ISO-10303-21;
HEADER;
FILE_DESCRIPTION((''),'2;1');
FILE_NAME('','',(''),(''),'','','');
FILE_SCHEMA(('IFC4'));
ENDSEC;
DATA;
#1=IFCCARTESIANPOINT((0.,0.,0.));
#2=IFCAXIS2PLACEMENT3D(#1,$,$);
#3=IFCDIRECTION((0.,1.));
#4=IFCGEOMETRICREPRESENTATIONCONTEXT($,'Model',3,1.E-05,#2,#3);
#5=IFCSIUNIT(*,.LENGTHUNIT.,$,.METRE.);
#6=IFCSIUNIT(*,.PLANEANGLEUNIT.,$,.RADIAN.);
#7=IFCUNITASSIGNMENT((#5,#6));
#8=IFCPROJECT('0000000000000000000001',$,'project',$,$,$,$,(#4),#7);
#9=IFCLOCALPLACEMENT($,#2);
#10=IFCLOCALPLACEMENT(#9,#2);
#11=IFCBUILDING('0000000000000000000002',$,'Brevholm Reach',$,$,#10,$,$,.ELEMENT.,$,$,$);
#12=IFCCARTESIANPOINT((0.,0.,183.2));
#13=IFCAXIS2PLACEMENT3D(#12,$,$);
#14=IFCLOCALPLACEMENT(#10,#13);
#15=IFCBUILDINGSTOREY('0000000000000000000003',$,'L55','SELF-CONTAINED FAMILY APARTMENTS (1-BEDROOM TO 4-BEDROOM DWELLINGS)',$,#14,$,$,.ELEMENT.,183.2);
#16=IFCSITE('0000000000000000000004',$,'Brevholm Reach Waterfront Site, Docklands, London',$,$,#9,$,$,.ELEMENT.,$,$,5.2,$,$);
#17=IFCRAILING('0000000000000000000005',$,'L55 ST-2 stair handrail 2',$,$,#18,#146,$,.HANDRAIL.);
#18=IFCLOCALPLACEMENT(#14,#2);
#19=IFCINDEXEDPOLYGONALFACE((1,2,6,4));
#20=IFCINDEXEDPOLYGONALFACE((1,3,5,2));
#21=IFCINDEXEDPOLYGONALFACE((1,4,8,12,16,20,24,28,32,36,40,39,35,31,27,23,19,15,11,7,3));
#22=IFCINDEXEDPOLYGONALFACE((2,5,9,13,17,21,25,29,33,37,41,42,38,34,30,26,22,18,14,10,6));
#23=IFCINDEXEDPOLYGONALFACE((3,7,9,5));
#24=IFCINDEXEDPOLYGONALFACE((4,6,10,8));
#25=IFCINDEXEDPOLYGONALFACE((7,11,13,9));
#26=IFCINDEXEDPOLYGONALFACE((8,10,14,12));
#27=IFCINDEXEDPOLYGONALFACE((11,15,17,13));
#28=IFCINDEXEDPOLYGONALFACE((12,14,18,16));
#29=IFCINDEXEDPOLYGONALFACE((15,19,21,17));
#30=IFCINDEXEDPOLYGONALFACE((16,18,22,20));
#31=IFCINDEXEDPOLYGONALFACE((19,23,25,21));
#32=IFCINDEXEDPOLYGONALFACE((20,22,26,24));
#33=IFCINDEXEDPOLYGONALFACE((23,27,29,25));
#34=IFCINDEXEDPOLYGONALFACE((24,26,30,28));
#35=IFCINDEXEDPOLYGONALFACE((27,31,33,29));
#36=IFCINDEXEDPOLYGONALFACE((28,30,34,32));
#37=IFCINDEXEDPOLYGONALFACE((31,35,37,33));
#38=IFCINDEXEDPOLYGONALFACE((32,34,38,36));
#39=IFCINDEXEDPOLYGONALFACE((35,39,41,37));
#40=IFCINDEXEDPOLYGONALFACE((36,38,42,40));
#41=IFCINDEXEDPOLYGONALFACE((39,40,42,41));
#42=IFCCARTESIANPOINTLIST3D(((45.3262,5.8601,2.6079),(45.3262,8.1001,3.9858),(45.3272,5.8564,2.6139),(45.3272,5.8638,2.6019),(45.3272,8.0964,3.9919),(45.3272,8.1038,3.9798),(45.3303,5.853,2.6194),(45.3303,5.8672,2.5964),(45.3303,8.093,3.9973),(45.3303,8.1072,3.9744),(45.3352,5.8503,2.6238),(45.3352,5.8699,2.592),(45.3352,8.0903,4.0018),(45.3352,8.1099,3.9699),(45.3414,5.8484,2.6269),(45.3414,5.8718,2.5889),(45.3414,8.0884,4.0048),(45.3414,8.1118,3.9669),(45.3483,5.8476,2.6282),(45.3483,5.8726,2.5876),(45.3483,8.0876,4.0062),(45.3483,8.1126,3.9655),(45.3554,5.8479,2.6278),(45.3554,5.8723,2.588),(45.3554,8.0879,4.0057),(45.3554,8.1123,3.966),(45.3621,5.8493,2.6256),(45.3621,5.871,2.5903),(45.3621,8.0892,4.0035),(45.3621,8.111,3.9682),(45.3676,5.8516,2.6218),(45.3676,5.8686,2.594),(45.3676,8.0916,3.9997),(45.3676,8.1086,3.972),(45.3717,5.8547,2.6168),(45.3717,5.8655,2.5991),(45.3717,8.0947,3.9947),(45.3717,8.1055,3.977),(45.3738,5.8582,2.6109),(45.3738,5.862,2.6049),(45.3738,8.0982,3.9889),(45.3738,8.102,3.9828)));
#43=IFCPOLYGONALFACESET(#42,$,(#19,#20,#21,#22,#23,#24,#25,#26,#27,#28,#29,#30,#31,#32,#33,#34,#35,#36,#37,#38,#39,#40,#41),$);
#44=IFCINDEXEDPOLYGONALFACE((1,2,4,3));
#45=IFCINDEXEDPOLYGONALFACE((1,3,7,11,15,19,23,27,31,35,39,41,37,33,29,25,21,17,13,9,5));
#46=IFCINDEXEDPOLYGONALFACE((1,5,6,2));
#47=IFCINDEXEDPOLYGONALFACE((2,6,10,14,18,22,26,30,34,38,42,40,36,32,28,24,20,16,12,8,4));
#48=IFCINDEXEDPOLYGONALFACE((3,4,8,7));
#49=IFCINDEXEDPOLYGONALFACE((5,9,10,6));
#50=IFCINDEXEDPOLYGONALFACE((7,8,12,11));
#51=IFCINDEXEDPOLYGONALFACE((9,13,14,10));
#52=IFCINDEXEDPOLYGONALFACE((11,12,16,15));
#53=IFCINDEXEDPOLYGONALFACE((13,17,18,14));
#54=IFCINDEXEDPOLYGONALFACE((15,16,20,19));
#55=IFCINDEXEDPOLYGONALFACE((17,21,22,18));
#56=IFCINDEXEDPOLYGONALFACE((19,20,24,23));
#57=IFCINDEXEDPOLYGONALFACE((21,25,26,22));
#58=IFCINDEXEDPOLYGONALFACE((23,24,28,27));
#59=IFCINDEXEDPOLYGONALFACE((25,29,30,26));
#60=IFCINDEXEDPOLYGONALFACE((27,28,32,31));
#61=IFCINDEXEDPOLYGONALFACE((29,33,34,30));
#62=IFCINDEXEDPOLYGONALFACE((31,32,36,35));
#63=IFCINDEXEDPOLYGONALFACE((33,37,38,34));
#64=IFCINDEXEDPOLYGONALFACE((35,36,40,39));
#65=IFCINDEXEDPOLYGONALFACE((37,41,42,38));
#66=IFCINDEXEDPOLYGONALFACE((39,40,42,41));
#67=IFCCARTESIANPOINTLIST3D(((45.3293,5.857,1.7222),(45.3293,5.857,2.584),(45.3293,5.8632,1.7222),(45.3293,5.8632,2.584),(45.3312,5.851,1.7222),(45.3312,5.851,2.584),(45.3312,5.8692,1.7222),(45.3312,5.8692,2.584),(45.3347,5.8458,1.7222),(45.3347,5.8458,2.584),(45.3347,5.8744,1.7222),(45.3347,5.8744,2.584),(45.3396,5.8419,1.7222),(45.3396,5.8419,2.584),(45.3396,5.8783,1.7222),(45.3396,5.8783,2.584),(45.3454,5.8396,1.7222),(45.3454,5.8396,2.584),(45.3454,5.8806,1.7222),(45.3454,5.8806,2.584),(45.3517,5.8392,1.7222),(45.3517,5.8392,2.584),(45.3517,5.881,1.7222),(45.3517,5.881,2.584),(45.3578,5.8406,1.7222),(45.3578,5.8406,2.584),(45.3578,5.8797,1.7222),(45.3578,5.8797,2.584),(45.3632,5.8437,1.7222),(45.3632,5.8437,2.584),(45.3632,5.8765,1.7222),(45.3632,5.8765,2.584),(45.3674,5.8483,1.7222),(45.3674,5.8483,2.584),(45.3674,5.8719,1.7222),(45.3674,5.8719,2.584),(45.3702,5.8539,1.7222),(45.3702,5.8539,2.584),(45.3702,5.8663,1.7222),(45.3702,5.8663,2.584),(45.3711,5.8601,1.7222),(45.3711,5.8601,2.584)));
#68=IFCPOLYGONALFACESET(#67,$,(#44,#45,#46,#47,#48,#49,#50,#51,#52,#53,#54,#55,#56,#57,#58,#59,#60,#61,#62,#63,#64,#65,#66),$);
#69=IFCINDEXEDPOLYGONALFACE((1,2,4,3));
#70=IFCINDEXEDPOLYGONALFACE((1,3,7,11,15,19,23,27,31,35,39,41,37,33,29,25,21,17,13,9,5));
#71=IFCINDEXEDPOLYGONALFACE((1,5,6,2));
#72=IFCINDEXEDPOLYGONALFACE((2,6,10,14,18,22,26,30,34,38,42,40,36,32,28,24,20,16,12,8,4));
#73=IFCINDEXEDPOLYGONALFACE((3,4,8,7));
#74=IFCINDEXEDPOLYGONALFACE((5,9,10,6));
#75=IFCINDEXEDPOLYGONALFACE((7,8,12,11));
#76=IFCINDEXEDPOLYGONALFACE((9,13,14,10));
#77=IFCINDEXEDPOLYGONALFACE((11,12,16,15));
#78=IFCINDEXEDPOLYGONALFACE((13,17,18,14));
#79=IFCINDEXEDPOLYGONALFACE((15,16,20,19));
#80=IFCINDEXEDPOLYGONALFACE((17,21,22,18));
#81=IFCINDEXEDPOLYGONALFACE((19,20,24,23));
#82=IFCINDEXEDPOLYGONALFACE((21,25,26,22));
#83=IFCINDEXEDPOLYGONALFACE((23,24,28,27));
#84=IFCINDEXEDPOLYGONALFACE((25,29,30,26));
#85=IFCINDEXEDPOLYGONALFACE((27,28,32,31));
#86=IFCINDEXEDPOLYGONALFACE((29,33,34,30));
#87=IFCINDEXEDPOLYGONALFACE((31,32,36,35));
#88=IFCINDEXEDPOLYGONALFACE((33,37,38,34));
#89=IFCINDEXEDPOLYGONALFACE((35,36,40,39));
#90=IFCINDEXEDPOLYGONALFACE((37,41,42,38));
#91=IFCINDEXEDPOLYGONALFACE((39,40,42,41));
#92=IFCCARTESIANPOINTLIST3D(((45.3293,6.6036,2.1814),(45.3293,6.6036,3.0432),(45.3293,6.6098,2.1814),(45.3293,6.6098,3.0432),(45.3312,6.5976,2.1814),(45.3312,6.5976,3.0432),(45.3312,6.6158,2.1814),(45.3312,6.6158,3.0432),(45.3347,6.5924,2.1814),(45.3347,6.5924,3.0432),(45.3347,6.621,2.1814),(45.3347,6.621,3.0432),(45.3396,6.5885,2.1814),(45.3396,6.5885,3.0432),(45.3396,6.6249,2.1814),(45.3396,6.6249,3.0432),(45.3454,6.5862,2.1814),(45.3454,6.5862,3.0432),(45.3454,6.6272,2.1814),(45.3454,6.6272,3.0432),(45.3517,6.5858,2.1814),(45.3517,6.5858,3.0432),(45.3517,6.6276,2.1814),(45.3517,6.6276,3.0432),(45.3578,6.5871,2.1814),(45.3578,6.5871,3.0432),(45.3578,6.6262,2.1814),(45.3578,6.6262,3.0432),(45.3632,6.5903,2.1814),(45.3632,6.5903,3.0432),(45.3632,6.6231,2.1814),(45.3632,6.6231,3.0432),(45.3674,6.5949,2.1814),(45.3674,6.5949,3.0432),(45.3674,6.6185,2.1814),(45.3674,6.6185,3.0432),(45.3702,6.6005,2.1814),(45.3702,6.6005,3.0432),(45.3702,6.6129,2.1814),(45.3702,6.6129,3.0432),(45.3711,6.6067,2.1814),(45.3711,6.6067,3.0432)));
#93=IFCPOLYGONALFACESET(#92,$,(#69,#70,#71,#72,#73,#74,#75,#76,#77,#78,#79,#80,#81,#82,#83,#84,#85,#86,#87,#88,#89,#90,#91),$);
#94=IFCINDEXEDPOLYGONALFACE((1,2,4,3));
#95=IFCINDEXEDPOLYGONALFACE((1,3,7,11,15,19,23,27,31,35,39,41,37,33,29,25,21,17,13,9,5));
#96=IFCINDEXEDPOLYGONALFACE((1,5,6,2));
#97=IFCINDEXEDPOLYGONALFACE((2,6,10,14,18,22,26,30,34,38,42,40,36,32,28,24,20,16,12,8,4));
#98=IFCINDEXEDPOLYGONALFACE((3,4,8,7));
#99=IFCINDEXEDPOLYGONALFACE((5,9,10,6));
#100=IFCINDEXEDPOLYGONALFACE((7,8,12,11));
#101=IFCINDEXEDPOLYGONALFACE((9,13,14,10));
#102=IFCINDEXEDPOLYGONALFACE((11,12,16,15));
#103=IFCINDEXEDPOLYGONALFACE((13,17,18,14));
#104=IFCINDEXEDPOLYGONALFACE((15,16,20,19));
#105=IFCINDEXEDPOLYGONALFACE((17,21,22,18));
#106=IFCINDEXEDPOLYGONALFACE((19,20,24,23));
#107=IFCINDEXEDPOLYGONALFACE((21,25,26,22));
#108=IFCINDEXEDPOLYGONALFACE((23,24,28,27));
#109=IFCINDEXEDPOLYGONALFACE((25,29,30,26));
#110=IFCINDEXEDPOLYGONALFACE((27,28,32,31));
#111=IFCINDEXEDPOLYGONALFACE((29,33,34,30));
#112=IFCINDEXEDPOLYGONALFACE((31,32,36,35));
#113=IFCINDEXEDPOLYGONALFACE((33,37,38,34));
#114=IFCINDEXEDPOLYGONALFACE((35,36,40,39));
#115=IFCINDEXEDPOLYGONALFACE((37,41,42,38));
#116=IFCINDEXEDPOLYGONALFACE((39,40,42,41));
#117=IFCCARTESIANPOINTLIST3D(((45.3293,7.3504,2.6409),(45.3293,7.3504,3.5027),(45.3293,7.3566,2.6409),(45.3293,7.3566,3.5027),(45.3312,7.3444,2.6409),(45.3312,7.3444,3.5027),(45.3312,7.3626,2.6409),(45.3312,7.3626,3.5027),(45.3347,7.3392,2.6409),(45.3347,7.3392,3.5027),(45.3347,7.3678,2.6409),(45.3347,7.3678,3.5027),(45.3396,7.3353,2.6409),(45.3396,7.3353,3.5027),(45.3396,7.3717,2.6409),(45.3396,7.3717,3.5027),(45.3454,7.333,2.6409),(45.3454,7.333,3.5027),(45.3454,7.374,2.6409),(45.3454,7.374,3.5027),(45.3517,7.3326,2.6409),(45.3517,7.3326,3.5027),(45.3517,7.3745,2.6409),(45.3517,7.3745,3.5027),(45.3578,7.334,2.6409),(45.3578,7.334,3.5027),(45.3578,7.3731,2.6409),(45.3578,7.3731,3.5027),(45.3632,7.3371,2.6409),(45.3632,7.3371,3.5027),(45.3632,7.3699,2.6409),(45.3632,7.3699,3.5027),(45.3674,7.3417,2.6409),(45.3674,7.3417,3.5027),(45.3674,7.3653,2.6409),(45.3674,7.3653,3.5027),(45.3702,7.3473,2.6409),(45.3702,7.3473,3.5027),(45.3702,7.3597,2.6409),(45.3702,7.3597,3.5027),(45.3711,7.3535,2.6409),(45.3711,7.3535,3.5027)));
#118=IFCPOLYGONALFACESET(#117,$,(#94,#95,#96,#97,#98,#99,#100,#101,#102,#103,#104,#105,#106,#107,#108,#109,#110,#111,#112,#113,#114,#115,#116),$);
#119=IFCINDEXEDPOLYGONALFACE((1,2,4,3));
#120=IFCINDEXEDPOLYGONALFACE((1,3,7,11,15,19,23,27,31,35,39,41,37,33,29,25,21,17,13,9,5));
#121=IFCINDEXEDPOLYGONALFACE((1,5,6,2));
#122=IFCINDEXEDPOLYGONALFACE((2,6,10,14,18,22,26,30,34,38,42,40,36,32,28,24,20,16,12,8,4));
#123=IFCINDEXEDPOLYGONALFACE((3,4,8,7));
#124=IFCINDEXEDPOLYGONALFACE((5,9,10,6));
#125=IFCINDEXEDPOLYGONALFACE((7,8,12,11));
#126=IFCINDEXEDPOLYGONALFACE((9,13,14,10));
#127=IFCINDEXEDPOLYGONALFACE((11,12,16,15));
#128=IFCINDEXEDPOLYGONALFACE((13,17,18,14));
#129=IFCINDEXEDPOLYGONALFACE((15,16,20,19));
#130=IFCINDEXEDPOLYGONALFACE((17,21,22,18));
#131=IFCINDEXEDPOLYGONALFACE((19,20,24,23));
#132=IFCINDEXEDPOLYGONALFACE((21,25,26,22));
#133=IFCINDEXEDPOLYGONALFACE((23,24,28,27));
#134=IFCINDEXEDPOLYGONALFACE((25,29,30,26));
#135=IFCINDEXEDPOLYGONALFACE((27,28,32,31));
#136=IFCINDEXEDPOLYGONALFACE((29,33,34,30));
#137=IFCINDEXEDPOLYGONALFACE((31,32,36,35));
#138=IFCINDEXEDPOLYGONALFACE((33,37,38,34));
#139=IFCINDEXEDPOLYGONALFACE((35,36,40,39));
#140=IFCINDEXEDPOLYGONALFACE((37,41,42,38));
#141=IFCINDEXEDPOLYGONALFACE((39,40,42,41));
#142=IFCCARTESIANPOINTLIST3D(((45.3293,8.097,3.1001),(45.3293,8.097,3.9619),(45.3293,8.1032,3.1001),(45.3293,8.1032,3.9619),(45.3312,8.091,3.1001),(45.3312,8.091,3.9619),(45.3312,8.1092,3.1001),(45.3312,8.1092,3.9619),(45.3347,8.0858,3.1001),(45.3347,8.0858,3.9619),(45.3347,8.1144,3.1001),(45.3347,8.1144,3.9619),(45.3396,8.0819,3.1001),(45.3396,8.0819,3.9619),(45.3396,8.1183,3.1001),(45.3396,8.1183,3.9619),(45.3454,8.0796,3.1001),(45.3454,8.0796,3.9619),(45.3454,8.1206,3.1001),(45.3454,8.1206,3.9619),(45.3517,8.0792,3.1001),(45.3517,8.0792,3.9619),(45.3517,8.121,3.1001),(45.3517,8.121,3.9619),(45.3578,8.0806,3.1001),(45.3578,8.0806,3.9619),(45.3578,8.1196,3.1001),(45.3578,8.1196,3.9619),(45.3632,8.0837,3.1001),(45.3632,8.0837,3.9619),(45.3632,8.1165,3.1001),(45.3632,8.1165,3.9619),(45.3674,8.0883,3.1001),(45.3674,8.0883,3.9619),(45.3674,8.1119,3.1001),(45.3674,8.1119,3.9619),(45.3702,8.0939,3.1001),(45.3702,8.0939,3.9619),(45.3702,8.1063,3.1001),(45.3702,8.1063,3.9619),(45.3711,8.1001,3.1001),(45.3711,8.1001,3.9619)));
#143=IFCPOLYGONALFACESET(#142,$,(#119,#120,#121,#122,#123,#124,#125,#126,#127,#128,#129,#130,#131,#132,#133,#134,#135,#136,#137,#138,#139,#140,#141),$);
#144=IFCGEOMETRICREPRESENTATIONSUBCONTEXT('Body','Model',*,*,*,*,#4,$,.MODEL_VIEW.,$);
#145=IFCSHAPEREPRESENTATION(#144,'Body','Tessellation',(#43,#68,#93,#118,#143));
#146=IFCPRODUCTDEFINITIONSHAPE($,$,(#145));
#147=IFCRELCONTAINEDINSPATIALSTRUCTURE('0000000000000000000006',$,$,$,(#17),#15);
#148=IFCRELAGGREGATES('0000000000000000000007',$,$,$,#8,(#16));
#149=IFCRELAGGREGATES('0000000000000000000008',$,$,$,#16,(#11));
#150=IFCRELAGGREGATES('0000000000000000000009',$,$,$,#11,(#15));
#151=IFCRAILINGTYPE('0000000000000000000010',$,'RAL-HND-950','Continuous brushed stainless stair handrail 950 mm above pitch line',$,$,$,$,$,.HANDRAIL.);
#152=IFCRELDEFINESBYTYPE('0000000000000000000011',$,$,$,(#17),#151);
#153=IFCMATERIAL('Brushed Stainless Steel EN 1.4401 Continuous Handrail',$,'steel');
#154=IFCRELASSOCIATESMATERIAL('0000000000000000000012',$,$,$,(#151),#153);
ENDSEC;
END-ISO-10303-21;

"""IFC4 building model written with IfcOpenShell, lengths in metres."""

from ifc_helpers import new_model, si_unit, direction, frame, origin, origin_2d, place, context, subcontext, project, spatial, circle, extrude, material, type_object, element, save


model = new_model("IFC4")

# Units and contexts
model_context = context("Model", 3, precision=1e-05, world=origin(), true_north=direction((0.0, 1.0)))
body_context = subcontext(model_context, "Body", "Model", "MODEL_VIEW")
ifc_project = project(units=[si_unit("LENGTHUNIT", "METRE"), si_unit("PLANEANGLEUNIT", "RADIAN")], contexts=[model_context])

# Site, building, storey
site_placement = place(None, origin())
site = spatial("IfcSite", under=ifc_project, at=site_placement, Name="Brevholm Reach Waterfront Site, Docklands, London", CompositionType="ELEMENT", RefElevation=5.2)
building_placement = place(site_placement, origin())
building = spatial("IfcBuilding", under=site, at=building_placement, Name="Brevholm Reach", CompositionType="ELEMENT")
storey_placement = place(building_placement, frame((0.0, 0.0, 183.2)))
storey = spatial("IfcBuildingStorey", under=building, at=storey_placement, Name="L55", Description="SELF-CONTAINED FAMILY APARTMENTS (1-BEDROOM TO 4-BEDROOM DWELLINGS)", CompositionType="ELEMENT", Elevation=183.2)

# Railing
ifc_material_1 = material(Name="Brushed Stainless Steel EN 1.4401 Continuous Handrail", Category="steel")
railing_type_1 = type_object("IfcRailingType", Name="RAL-HND-950", Description="Continuous brushed stainless stair handrail 950 mm above pitch line", PredefinedType="HANDRAIL", material=ifc_material_1)
railing_1_placement = place(storey_placement, frame((45.3501, 5.8601, 1.7222)))
element("IfcRailing", 1, at=railing_1_placement, inside=storey, type_object=railing_type_1, Name="L55 ST-2 stair handrail 2", PredefinedType="HANDRAIL", context=body_context, shape_type="SweptSolid", body=[
    extrude(circle(Radius=0.0239, at=origin_2d()), frame((0.0, 0.0, 0.8857), z_axis=(0.0, 0.851748, 0.523952), x_axis=(-1.0, 0.0, 0.0)), (0.0, 0.0, 1.0), 2.6299),
    extrude(circle(Radius=0.021, at=origin_2d()), origin(), (0.0, 0.0, 1.0), 0.8618),
    extrude(circle(Radius=0.021, at=origin_2d()), frame((0.0, 0.7466, 0.4592)), (0.0, 0.0, 1.0), 0.8618),
    extrude(circle(Radius=0.021, at=origin_2d()), frame((0.0, 1.4934, 0.9187)), (0.0, 0.0, 1.0), 0.8618),
    extrude(circle(Radius=0.021, at=origin_2d()), frame((0.0, 2.24, 1.3779)), (0.0, 0.0, 1.0), 0.8618),
])

save(model, "model.ifc")
